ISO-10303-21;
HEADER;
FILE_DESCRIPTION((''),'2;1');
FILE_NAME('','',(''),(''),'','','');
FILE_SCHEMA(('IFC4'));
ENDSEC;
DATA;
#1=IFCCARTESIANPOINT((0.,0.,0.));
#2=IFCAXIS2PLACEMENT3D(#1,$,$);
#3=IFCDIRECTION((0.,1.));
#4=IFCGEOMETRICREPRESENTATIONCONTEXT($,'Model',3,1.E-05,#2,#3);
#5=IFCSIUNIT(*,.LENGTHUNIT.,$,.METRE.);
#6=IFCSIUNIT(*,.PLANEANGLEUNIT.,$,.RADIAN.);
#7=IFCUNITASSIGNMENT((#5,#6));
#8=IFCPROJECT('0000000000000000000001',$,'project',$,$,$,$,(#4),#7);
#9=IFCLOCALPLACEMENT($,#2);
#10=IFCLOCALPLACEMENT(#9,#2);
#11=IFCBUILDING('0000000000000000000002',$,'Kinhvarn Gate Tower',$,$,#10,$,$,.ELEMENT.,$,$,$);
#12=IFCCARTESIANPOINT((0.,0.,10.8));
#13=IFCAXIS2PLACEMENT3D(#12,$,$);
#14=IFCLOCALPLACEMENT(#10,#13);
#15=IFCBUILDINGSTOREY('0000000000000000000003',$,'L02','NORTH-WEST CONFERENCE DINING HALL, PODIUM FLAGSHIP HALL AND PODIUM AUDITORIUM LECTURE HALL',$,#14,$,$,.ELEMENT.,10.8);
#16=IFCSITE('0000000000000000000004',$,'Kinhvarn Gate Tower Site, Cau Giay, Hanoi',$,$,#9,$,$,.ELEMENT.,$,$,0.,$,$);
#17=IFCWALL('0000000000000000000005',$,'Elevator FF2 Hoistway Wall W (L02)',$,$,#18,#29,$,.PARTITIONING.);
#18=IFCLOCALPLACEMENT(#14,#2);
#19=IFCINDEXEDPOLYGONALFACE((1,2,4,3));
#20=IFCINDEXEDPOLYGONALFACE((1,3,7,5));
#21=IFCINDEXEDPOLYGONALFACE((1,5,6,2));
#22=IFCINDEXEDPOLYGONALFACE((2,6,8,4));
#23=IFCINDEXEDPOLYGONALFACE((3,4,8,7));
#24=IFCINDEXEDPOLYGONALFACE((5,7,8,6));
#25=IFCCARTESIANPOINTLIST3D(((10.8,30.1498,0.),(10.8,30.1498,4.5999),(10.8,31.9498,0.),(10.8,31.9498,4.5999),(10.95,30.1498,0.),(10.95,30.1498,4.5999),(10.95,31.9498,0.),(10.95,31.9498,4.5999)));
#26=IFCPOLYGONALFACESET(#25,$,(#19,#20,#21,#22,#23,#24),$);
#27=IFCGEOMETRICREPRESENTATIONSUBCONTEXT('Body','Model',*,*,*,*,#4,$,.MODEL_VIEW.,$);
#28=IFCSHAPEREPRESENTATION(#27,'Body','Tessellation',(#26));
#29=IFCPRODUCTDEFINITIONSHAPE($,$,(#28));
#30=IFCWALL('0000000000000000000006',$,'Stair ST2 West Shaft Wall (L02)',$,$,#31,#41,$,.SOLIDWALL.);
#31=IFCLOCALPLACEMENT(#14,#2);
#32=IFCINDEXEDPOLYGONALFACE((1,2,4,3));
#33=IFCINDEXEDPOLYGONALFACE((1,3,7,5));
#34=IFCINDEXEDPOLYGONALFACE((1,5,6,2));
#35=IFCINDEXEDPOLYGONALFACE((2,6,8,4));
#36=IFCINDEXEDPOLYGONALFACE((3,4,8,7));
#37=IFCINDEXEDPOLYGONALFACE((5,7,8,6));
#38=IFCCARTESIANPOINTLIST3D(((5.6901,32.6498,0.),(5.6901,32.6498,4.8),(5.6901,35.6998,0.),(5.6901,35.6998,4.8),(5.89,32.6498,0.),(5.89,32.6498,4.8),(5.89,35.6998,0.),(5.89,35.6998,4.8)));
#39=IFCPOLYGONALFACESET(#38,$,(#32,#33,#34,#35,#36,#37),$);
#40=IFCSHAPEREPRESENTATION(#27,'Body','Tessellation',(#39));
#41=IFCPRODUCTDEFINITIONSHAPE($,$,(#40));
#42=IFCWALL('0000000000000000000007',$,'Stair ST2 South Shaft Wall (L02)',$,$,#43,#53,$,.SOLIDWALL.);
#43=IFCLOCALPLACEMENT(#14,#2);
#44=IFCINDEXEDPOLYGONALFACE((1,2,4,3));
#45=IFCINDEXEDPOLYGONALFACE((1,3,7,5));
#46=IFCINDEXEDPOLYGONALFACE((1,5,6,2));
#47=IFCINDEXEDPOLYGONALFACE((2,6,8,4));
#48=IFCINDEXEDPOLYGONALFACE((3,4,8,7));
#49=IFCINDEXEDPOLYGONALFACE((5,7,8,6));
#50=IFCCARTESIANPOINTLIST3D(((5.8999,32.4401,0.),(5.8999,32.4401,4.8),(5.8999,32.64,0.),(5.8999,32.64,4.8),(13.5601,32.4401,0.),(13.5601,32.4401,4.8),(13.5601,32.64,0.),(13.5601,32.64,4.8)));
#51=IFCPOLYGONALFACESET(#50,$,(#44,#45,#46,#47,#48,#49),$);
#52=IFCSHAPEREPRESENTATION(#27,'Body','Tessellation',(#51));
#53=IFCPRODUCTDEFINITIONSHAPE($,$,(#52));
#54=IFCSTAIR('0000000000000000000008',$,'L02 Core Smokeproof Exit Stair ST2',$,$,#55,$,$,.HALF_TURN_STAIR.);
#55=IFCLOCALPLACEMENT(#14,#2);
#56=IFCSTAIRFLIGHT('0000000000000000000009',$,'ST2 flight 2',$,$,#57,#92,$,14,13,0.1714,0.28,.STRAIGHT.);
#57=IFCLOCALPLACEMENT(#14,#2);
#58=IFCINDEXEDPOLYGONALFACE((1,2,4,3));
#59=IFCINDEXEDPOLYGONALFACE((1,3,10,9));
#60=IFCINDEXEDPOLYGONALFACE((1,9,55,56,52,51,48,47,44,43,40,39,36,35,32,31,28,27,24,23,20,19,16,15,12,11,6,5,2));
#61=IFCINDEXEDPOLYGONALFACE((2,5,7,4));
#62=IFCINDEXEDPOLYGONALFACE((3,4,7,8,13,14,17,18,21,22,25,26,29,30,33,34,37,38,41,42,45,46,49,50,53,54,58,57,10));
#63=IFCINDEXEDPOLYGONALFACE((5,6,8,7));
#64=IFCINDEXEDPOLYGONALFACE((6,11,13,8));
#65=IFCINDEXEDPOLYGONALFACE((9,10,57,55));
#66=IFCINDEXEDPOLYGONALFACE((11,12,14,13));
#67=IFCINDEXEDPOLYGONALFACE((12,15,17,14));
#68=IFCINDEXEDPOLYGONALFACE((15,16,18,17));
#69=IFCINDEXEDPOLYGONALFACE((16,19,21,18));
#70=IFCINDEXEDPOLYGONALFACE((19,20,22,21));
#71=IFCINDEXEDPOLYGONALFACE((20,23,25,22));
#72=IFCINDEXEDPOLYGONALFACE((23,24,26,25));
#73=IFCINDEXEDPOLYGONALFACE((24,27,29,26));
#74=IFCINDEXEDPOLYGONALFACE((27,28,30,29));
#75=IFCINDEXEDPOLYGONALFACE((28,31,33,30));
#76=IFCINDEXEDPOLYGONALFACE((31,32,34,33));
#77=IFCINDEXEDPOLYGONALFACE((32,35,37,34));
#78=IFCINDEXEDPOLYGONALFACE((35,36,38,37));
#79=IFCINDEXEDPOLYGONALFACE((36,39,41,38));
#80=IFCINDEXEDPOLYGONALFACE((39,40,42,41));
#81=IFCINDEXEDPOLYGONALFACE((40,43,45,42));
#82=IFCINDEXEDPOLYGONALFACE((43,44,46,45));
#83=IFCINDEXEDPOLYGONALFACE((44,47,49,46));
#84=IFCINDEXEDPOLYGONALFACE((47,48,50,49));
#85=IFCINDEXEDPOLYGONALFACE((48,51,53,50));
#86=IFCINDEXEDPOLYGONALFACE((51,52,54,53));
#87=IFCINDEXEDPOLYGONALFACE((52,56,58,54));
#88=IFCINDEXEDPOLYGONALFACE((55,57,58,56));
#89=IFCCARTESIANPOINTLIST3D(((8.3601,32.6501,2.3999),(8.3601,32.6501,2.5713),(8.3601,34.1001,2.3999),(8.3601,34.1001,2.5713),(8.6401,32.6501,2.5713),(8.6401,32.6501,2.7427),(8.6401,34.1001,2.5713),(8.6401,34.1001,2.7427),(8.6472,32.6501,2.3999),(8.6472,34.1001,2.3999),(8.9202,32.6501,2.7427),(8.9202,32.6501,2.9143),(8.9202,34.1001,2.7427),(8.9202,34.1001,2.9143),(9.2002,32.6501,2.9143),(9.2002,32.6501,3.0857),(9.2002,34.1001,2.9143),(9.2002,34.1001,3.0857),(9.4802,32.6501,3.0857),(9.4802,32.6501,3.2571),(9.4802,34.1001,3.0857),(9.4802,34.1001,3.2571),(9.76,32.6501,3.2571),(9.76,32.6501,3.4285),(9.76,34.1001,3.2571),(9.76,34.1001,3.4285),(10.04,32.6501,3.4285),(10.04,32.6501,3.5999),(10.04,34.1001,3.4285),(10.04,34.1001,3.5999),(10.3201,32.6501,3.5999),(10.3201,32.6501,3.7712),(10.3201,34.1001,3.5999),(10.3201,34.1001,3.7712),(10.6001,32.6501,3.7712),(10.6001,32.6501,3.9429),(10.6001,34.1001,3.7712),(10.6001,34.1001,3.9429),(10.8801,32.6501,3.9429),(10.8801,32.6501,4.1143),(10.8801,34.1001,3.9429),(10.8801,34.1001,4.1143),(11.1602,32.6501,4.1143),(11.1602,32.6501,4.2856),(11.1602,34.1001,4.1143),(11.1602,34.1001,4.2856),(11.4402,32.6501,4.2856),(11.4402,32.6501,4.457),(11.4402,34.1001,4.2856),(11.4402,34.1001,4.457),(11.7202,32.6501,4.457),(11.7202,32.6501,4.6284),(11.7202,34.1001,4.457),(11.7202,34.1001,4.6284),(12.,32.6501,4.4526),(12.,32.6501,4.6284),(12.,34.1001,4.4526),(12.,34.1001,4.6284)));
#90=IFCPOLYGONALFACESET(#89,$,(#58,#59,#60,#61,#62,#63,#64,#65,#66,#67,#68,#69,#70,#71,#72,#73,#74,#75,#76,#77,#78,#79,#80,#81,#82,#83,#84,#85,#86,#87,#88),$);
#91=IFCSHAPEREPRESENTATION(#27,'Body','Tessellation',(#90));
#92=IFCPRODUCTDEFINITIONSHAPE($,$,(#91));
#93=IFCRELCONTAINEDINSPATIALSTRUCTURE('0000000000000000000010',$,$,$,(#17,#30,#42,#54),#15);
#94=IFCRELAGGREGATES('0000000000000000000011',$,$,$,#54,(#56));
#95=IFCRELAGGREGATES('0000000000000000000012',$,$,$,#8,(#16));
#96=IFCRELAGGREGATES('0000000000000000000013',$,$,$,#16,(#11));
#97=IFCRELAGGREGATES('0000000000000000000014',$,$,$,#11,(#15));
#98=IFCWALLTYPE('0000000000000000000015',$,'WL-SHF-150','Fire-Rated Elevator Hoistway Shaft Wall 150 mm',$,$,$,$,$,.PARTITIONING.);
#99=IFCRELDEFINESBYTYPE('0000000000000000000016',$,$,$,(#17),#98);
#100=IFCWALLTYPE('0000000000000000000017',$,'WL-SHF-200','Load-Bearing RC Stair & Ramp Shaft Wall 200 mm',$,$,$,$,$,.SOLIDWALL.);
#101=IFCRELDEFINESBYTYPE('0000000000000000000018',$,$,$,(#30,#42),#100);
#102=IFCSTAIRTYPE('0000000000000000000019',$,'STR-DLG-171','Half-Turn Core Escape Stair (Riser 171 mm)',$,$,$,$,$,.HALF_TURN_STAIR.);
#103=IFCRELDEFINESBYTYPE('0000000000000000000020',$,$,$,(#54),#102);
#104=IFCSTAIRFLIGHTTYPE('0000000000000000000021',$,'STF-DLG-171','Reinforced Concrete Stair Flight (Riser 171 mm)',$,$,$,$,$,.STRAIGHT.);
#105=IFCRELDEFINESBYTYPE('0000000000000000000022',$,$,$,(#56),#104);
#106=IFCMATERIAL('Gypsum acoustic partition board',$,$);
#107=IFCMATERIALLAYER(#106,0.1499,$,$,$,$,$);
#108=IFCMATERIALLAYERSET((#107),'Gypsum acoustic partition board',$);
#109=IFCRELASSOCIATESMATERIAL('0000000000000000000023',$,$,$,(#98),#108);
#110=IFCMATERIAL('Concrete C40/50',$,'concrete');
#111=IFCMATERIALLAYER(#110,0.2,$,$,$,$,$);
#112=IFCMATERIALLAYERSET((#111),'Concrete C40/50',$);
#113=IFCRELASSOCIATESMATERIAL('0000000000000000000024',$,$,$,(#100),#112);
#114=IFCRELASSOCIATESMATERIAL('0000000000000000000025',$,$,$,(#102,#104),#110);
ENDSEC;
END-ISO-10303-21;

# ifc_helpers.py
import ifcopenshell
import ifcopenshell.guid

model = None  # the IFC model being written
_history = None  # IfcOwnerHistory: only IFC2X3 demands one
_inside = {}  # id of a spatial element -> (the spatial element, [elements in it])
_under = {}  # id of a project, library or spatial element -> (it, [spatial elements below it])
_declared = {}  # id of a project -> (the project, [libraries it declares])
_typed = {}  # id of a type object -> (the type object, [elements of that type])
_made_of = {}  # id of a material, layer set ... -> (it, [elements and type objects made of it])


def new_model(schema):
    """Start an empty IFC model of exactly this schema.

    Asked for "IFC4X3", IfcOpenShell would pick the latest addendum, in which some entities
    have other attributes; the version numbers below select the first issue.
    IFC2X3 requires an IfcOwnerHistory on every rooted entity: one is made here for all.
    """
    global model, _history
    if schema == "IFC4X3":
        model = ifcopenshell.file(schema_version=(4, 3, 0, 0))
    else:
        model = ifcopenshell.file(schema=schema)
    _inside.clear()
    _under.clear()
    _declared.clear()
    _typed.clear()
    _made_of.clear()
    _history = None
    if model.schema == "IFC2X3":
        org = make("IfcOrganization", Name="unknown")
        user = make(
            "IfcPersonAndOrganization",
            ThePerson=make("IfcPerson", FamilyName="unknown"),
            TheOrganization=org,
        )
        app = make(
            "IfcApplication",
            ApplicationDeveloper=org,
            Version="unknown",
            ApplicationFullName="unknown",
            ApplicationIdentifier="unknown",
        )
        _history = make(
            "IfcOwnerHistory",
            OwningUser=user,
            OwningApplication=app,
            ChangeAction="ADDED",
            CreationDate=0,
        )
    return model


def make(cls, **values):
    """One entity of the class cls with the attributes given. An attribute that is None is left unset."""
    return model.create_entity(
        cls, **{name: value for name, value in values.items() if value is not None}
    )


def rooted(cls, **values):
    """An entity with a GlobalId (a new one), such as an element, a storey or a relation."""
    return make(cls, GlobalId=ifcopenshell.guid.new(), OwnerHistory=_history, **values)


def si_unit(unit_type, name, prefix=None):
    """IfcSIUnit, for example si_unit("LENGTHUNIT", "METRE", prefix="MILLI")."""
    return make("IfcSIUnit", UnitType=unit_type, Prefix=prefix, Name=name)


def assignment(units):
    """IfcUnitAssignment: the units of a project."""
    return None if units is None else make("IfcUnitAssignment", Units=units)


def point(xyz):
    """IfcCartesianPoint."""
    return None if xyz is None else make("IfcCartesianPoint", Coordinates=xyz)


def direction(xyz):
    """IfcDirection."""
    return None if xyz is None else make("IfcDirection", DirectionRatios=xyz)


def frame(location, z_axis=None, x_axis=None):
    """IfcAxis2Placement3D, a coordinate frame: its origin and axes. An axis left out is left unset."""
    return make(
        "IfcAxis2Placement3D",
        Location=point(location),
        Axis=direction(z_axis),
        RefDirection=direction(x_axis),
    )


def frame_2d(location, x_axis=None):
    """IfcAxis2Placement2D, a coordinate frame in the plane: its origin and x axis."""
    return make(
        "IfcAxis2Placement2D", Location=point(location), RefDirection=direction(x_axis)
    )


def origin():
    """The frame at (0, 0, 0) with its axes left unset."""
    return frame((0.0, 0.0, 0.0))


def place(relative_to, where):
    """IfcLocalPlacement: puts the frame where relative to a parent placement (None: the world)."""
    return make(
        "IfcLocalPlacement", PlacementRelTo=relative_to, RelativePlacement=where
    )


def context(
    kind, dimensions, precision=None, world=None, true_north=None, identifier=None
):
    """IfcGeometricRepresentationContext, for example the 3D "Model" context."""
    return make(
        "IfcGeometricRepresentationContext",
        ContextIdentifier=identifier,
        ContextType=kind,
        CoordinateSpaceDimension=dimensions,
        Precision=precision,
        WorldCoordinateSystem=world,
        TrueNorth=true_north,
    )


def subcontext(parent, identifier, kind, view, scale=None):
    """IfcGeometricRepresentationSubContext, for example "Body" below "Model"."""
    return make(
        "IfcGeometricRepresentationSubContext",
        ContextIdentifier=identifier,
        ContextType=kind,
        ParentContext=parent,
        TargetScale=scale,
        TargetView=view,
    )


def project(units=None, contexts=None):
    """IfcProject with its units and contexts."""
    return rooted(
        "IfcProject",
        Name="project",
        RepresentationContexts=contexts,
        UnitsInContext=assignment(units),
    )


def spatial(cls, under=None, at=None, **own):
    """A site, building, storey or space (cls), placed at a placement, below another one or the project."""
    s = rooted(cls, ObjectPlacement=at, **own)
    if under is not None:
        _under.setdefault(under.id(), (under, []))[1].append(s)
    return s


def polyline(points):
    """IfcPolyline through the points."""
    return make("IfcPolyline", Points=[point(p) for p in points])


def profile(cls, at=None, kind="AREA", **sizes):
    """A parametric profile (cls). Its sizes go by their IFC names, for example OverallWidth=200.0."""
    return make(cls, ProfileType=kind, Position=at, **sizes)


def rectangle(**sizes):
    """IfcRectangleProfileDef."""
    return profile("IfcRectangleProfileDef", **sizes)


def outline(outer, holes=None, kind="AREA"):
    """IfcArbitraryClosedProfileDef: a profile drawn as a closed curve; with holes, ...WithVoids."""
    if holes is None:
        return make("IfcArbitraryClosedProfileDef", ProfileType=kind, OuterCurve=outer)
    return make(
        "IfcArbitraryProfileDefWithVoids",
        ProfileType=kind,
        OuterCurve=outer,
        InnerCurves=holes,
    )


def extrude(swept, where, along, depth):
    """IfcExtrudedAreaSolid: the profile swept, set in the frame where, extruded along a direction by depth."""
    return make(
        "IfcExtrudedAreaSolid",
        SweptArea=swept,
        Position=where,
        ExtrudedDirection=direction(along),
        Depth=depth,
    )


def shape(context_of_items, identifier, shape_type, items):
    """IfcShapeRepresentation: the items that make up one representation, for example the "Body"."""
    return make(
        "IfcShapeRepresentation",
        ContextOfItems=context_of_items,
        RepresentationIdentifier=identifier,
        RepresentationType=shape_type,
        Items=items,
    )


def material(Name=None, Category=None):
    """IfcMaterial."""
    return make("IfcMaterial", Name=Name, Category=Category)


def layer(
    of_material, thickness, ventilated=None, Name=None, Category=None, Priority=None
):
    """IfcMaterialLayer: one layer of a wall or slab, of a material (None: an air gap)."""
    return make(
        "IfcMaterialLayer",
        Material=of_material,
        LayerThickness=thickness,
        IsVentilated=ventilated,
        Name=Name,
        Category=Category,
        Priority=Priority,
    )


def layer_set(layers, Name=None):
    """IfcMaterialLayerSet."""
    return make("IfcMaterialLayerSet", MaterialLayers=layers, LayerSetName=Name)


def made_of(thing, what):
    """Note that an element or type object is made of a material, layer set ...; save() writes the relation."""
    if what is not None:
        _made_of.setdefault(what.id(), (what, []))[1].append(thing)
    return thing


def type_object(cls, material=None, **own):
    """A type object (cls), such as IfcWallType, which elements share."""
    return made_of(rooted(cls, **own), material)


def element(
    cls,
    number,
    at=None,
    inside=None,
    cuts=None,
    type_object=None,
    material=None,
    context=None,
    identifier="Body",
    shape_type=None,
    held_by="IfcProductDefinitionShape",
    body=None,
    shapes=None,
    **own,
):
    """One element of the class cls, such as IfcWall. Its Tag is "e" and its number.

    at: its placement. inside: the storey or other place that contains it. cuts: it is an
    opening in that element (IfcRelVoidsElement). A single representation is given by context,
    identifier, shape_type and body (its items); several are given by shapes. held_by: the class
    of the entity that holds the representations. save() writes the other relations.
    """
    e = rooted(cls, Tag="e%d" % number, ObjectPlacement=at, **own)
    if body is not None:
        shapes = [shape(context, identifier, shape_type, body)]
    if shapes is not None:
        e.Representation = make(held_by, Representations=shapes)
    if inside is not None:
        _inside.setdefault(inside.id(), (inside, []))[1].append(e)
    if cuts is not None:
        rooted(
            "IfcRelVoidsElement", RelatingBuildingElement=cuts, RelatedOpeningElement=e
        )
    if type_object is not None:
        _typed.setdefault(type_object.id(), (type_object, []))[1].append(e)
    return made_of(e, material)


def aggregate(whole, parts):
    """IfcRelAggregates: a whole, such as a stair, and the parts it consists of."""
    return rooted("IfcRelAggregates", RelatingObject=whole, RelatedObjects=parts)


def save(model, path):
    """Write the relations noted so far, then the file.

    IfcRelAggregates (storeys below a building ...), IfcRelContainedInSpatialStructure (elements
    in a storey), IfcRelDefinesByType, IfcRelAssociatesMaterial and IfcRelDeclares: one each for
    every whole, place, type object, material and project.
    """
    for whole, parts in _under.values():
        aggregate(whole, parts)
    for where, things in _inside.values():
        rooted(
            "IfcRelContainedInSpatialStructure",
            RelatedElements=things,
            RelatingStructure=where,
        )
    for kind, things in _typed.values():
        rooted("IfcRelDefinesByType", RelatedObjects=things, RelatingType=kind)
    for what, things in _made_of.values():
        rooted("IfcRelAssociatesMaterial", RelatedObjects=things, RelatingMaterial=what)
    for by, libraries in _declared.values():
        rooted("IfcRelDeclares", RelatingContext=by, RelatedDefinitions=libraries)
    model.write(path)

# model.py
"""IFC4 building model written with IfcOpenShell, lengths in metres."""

from ifc_helpers import new_model, si_unit, direction, frame, frame_2d, origin, place, context, subcontext, project, spatial, polyline, rectangle, outline, extrude, material, layer, layer_set, type_object, element, aggregate, save


model = new_model("IFC4")

# Units and contexts
model_context = context("Model", 3, precision=1e-05, world=origin(), true_north=direction((0.0, 1.0)))
body_context = subcontext(model_context, "Body", "Model", "MODEL_VIEW")
ifc_project = project(units=[si_unit("LENGTHUNIT", "METRE"), si_unit("PLANEANGLEUNIT", "RADIAN")], contexts=[model_context])

# Site, building, storey
site_placement = place(None, origin())
site = spatial("IfcSite", under=ifc_project, at=site_placement, Name="Kinhvarn Gate Tower Site, Cau Giay, Hanoi", CompositionType="ELEMENT", RefElevation=0.0)
building_placement = place(site_placement, origin())
building = spatial("IfcBuilding", under=site, at=building_placement, Name="Kinhvarn Gate Tower", CompositionType="ELEMENT")
storey_placement = place(building_placement, frame((0.0, 0.0, 10.8)))
storey = spatial("IfcBuildingStorey", under=building, at=storey_placement, Name="L02", Description="NORTH-WEST CONFERENCE DINING HALL, PODIUM FLAGSHIP HALL AND PODIUM AUDITORIUM LECTURE HALL", CompositionType="ELEMENT", Elevation=10.8)

# Shared definitions
ifc_material_1 = material(Name="Gypsum acoustic partition board")

# Walls
ifc_layer_1 = layer(ifc_material_1, 0.1499)
ifc_layer_set_1 = layer_set([ifc_layer_1], Name="Gypsum acoustic partition board")
wall_type_1 = type_object("IfcWallType", Name="WL-SHF-150", Description="Fire-Rated Elevator Hoistway Shaft Wall 150 mm", PredefinedType="PARTITIONING", material=ifc_layer_set_1)
wall_1_placement = place(storey_placement, frame((10.875, 30.1499, 0.0), z_axis=(0.0, 0.0, 1.0), x_axis=(0.0, 1.0, 0.0)))
element("IfcWall", 1, at=wall_1_placement, inside=storey, type_object=wall_type_1, Name="Elevator FF2 Hoistway Wall W (L02)", PredefinedType="PARTITIONING", context=body_context, shape_type="SweptSolid", body=[
    extrude(rectangle(XDim=1.8, YDim=0.1499, at=frame_2d((0.8999, 0.0))), origin(), (0.0, 0.0, 1.0), 4.5999),
])
ifc_material_2 = material(Name="Concrete C40/50", Category="concrete")
ifc_layer_2 = layer(ifc_material_2, 0.2)
ifc_layer_set_2 = layer_set([ifc_layer_2], Name="Concrete C40/50")
wall_type_2 = type_object("IfcWallType", Name="WL-SHF-200", Description="Load-Bearing RC Stair & Ramp Shaft Wall 200 mm", PredefinedType="SOLIDWALL", material=ifc_layer_set_2)
wall_2_placement = place(storey_placement, frame((5.79, 32.6499, 0.0), z_axis=(0.0, 0.0, 1.0), x_axis=(0.0, 1.0, 0.0)))
element("IfcWall", 2, at=wall_2_placement, inside=storey, type_object=wall_type_2, Name="Stair ST2 West Shaft Wall (L02)", PredefinedType="SOLIDWALL", context=body_context, shape_type="SweptSolid", body=[
    extrude(rectangle(XDim=3.05, YDim=0.2, at=frame_2d((1.5249, 0.0))), origin(), (0.0, 0.0, 1.0), 4.8),
])
wall_3_placement = place(storey_placement, frame((5.8999, 32.54, 0.0), z_axis=(0.0, 0.0, 1.0), x_axis=(1.0, 0.0, 0.0)))
element("IfcWall", 3, at=wall_3_placement, inside=storey, type_object=wall_type_2, Name="Stair ST2 South Shaft Wall (L02)", PredefinedType="SOLIDWALL", context=body_context, shape_type="SweptSolid", body=[
    extrude(rectangle(XDim=7.6602, YDim=0.2, at=frame_2d((3.8301, 0.0))), origin(), (0.0, 0.0, 1.0), 4.8),
])

# Stair, stair flight
stair_type = type_object("IfcStairType", Name="STR-DLG-171", Description="Half-Turn Core Escape Stair (Riser 171 mm)", PredefinedType="HALF_TURN_STAIR", material=ifc_material_2)
stair_placement = place(storey_placement, origin())
stair = element("IfcStair", 4, at=stair_placement, inside=storey, type_object=stair_type, Name="L02 Core Smokeproof Exit Stair ST2", PredefinedType="HALF_TURN_STAIR")
stair_flight_type = type_object("IfcStairFlightType", Name="STF-DLG-171", Description="Reinforced Concrete Stair Flight (Riser 171 mm)", PredefinedType="STRAIGHT", material=ifc_material_2)
stair_flight_placement = place(storey_placement, frame((8.3601, 33.375, 2.3999), z_axis=(0.0, 0.0, 1.0), x_axis=(1.0, 0.0, 0.0)))
stair_flight = element("IfcStairFlight", 5, at=stair_flight_placement, type_object=stair_flight_type, Name="ST2 flight 2", NumberOfRisers=14, NumberOfTreads=13, PredefinedType="STRAIGHT", RiserHeight=0.1714, TreadLength=0.28, context=body_context, shape_type="SweptSolid", body=[
    extrude(outline(polyline([(0.0, 0.0), (0.0, 0.1714), (0.28, 0.1714), (0.28, 0.3428), (0.5601, 0.3428), (0.5601, 0.5144), (0.8401, 0.5144), (0.8401, 0.6858), (1.1201, 0.6858), (1.1201, 0.8572), (1.3999, 0.8572), (1.3999, 1.0286), (1.6799, 1.0286), (1.6799, 1.2), (1.96, 1.2), (1.96, 1.3713), (2.24, 1.3713), (2.24, 1.543), (2.52, 1.543), (2.52, 1.7144), (2.8, 1.7144), (2.8, 1.8857), (3.0801, 1.8857), (3.0801, 2.0571), (3.3601, 2.0571), (3.3601, 2.2285), (3.6399, 2.2285), (3.6399, 2.3999), (3.6399, 2.0527), (0.2871, 0.0), (0.0, 0.0)])), frame((0.0, 0.7251, 0.0), z_axis=(0.0, -1.0, 0.0), x_axis=(1.0, 0.0, 0.0)), (0.0, 0.0, 1.0), 1.45),
])
aggregate(stair, [stair_flight])

save(model, "model.ifc")
